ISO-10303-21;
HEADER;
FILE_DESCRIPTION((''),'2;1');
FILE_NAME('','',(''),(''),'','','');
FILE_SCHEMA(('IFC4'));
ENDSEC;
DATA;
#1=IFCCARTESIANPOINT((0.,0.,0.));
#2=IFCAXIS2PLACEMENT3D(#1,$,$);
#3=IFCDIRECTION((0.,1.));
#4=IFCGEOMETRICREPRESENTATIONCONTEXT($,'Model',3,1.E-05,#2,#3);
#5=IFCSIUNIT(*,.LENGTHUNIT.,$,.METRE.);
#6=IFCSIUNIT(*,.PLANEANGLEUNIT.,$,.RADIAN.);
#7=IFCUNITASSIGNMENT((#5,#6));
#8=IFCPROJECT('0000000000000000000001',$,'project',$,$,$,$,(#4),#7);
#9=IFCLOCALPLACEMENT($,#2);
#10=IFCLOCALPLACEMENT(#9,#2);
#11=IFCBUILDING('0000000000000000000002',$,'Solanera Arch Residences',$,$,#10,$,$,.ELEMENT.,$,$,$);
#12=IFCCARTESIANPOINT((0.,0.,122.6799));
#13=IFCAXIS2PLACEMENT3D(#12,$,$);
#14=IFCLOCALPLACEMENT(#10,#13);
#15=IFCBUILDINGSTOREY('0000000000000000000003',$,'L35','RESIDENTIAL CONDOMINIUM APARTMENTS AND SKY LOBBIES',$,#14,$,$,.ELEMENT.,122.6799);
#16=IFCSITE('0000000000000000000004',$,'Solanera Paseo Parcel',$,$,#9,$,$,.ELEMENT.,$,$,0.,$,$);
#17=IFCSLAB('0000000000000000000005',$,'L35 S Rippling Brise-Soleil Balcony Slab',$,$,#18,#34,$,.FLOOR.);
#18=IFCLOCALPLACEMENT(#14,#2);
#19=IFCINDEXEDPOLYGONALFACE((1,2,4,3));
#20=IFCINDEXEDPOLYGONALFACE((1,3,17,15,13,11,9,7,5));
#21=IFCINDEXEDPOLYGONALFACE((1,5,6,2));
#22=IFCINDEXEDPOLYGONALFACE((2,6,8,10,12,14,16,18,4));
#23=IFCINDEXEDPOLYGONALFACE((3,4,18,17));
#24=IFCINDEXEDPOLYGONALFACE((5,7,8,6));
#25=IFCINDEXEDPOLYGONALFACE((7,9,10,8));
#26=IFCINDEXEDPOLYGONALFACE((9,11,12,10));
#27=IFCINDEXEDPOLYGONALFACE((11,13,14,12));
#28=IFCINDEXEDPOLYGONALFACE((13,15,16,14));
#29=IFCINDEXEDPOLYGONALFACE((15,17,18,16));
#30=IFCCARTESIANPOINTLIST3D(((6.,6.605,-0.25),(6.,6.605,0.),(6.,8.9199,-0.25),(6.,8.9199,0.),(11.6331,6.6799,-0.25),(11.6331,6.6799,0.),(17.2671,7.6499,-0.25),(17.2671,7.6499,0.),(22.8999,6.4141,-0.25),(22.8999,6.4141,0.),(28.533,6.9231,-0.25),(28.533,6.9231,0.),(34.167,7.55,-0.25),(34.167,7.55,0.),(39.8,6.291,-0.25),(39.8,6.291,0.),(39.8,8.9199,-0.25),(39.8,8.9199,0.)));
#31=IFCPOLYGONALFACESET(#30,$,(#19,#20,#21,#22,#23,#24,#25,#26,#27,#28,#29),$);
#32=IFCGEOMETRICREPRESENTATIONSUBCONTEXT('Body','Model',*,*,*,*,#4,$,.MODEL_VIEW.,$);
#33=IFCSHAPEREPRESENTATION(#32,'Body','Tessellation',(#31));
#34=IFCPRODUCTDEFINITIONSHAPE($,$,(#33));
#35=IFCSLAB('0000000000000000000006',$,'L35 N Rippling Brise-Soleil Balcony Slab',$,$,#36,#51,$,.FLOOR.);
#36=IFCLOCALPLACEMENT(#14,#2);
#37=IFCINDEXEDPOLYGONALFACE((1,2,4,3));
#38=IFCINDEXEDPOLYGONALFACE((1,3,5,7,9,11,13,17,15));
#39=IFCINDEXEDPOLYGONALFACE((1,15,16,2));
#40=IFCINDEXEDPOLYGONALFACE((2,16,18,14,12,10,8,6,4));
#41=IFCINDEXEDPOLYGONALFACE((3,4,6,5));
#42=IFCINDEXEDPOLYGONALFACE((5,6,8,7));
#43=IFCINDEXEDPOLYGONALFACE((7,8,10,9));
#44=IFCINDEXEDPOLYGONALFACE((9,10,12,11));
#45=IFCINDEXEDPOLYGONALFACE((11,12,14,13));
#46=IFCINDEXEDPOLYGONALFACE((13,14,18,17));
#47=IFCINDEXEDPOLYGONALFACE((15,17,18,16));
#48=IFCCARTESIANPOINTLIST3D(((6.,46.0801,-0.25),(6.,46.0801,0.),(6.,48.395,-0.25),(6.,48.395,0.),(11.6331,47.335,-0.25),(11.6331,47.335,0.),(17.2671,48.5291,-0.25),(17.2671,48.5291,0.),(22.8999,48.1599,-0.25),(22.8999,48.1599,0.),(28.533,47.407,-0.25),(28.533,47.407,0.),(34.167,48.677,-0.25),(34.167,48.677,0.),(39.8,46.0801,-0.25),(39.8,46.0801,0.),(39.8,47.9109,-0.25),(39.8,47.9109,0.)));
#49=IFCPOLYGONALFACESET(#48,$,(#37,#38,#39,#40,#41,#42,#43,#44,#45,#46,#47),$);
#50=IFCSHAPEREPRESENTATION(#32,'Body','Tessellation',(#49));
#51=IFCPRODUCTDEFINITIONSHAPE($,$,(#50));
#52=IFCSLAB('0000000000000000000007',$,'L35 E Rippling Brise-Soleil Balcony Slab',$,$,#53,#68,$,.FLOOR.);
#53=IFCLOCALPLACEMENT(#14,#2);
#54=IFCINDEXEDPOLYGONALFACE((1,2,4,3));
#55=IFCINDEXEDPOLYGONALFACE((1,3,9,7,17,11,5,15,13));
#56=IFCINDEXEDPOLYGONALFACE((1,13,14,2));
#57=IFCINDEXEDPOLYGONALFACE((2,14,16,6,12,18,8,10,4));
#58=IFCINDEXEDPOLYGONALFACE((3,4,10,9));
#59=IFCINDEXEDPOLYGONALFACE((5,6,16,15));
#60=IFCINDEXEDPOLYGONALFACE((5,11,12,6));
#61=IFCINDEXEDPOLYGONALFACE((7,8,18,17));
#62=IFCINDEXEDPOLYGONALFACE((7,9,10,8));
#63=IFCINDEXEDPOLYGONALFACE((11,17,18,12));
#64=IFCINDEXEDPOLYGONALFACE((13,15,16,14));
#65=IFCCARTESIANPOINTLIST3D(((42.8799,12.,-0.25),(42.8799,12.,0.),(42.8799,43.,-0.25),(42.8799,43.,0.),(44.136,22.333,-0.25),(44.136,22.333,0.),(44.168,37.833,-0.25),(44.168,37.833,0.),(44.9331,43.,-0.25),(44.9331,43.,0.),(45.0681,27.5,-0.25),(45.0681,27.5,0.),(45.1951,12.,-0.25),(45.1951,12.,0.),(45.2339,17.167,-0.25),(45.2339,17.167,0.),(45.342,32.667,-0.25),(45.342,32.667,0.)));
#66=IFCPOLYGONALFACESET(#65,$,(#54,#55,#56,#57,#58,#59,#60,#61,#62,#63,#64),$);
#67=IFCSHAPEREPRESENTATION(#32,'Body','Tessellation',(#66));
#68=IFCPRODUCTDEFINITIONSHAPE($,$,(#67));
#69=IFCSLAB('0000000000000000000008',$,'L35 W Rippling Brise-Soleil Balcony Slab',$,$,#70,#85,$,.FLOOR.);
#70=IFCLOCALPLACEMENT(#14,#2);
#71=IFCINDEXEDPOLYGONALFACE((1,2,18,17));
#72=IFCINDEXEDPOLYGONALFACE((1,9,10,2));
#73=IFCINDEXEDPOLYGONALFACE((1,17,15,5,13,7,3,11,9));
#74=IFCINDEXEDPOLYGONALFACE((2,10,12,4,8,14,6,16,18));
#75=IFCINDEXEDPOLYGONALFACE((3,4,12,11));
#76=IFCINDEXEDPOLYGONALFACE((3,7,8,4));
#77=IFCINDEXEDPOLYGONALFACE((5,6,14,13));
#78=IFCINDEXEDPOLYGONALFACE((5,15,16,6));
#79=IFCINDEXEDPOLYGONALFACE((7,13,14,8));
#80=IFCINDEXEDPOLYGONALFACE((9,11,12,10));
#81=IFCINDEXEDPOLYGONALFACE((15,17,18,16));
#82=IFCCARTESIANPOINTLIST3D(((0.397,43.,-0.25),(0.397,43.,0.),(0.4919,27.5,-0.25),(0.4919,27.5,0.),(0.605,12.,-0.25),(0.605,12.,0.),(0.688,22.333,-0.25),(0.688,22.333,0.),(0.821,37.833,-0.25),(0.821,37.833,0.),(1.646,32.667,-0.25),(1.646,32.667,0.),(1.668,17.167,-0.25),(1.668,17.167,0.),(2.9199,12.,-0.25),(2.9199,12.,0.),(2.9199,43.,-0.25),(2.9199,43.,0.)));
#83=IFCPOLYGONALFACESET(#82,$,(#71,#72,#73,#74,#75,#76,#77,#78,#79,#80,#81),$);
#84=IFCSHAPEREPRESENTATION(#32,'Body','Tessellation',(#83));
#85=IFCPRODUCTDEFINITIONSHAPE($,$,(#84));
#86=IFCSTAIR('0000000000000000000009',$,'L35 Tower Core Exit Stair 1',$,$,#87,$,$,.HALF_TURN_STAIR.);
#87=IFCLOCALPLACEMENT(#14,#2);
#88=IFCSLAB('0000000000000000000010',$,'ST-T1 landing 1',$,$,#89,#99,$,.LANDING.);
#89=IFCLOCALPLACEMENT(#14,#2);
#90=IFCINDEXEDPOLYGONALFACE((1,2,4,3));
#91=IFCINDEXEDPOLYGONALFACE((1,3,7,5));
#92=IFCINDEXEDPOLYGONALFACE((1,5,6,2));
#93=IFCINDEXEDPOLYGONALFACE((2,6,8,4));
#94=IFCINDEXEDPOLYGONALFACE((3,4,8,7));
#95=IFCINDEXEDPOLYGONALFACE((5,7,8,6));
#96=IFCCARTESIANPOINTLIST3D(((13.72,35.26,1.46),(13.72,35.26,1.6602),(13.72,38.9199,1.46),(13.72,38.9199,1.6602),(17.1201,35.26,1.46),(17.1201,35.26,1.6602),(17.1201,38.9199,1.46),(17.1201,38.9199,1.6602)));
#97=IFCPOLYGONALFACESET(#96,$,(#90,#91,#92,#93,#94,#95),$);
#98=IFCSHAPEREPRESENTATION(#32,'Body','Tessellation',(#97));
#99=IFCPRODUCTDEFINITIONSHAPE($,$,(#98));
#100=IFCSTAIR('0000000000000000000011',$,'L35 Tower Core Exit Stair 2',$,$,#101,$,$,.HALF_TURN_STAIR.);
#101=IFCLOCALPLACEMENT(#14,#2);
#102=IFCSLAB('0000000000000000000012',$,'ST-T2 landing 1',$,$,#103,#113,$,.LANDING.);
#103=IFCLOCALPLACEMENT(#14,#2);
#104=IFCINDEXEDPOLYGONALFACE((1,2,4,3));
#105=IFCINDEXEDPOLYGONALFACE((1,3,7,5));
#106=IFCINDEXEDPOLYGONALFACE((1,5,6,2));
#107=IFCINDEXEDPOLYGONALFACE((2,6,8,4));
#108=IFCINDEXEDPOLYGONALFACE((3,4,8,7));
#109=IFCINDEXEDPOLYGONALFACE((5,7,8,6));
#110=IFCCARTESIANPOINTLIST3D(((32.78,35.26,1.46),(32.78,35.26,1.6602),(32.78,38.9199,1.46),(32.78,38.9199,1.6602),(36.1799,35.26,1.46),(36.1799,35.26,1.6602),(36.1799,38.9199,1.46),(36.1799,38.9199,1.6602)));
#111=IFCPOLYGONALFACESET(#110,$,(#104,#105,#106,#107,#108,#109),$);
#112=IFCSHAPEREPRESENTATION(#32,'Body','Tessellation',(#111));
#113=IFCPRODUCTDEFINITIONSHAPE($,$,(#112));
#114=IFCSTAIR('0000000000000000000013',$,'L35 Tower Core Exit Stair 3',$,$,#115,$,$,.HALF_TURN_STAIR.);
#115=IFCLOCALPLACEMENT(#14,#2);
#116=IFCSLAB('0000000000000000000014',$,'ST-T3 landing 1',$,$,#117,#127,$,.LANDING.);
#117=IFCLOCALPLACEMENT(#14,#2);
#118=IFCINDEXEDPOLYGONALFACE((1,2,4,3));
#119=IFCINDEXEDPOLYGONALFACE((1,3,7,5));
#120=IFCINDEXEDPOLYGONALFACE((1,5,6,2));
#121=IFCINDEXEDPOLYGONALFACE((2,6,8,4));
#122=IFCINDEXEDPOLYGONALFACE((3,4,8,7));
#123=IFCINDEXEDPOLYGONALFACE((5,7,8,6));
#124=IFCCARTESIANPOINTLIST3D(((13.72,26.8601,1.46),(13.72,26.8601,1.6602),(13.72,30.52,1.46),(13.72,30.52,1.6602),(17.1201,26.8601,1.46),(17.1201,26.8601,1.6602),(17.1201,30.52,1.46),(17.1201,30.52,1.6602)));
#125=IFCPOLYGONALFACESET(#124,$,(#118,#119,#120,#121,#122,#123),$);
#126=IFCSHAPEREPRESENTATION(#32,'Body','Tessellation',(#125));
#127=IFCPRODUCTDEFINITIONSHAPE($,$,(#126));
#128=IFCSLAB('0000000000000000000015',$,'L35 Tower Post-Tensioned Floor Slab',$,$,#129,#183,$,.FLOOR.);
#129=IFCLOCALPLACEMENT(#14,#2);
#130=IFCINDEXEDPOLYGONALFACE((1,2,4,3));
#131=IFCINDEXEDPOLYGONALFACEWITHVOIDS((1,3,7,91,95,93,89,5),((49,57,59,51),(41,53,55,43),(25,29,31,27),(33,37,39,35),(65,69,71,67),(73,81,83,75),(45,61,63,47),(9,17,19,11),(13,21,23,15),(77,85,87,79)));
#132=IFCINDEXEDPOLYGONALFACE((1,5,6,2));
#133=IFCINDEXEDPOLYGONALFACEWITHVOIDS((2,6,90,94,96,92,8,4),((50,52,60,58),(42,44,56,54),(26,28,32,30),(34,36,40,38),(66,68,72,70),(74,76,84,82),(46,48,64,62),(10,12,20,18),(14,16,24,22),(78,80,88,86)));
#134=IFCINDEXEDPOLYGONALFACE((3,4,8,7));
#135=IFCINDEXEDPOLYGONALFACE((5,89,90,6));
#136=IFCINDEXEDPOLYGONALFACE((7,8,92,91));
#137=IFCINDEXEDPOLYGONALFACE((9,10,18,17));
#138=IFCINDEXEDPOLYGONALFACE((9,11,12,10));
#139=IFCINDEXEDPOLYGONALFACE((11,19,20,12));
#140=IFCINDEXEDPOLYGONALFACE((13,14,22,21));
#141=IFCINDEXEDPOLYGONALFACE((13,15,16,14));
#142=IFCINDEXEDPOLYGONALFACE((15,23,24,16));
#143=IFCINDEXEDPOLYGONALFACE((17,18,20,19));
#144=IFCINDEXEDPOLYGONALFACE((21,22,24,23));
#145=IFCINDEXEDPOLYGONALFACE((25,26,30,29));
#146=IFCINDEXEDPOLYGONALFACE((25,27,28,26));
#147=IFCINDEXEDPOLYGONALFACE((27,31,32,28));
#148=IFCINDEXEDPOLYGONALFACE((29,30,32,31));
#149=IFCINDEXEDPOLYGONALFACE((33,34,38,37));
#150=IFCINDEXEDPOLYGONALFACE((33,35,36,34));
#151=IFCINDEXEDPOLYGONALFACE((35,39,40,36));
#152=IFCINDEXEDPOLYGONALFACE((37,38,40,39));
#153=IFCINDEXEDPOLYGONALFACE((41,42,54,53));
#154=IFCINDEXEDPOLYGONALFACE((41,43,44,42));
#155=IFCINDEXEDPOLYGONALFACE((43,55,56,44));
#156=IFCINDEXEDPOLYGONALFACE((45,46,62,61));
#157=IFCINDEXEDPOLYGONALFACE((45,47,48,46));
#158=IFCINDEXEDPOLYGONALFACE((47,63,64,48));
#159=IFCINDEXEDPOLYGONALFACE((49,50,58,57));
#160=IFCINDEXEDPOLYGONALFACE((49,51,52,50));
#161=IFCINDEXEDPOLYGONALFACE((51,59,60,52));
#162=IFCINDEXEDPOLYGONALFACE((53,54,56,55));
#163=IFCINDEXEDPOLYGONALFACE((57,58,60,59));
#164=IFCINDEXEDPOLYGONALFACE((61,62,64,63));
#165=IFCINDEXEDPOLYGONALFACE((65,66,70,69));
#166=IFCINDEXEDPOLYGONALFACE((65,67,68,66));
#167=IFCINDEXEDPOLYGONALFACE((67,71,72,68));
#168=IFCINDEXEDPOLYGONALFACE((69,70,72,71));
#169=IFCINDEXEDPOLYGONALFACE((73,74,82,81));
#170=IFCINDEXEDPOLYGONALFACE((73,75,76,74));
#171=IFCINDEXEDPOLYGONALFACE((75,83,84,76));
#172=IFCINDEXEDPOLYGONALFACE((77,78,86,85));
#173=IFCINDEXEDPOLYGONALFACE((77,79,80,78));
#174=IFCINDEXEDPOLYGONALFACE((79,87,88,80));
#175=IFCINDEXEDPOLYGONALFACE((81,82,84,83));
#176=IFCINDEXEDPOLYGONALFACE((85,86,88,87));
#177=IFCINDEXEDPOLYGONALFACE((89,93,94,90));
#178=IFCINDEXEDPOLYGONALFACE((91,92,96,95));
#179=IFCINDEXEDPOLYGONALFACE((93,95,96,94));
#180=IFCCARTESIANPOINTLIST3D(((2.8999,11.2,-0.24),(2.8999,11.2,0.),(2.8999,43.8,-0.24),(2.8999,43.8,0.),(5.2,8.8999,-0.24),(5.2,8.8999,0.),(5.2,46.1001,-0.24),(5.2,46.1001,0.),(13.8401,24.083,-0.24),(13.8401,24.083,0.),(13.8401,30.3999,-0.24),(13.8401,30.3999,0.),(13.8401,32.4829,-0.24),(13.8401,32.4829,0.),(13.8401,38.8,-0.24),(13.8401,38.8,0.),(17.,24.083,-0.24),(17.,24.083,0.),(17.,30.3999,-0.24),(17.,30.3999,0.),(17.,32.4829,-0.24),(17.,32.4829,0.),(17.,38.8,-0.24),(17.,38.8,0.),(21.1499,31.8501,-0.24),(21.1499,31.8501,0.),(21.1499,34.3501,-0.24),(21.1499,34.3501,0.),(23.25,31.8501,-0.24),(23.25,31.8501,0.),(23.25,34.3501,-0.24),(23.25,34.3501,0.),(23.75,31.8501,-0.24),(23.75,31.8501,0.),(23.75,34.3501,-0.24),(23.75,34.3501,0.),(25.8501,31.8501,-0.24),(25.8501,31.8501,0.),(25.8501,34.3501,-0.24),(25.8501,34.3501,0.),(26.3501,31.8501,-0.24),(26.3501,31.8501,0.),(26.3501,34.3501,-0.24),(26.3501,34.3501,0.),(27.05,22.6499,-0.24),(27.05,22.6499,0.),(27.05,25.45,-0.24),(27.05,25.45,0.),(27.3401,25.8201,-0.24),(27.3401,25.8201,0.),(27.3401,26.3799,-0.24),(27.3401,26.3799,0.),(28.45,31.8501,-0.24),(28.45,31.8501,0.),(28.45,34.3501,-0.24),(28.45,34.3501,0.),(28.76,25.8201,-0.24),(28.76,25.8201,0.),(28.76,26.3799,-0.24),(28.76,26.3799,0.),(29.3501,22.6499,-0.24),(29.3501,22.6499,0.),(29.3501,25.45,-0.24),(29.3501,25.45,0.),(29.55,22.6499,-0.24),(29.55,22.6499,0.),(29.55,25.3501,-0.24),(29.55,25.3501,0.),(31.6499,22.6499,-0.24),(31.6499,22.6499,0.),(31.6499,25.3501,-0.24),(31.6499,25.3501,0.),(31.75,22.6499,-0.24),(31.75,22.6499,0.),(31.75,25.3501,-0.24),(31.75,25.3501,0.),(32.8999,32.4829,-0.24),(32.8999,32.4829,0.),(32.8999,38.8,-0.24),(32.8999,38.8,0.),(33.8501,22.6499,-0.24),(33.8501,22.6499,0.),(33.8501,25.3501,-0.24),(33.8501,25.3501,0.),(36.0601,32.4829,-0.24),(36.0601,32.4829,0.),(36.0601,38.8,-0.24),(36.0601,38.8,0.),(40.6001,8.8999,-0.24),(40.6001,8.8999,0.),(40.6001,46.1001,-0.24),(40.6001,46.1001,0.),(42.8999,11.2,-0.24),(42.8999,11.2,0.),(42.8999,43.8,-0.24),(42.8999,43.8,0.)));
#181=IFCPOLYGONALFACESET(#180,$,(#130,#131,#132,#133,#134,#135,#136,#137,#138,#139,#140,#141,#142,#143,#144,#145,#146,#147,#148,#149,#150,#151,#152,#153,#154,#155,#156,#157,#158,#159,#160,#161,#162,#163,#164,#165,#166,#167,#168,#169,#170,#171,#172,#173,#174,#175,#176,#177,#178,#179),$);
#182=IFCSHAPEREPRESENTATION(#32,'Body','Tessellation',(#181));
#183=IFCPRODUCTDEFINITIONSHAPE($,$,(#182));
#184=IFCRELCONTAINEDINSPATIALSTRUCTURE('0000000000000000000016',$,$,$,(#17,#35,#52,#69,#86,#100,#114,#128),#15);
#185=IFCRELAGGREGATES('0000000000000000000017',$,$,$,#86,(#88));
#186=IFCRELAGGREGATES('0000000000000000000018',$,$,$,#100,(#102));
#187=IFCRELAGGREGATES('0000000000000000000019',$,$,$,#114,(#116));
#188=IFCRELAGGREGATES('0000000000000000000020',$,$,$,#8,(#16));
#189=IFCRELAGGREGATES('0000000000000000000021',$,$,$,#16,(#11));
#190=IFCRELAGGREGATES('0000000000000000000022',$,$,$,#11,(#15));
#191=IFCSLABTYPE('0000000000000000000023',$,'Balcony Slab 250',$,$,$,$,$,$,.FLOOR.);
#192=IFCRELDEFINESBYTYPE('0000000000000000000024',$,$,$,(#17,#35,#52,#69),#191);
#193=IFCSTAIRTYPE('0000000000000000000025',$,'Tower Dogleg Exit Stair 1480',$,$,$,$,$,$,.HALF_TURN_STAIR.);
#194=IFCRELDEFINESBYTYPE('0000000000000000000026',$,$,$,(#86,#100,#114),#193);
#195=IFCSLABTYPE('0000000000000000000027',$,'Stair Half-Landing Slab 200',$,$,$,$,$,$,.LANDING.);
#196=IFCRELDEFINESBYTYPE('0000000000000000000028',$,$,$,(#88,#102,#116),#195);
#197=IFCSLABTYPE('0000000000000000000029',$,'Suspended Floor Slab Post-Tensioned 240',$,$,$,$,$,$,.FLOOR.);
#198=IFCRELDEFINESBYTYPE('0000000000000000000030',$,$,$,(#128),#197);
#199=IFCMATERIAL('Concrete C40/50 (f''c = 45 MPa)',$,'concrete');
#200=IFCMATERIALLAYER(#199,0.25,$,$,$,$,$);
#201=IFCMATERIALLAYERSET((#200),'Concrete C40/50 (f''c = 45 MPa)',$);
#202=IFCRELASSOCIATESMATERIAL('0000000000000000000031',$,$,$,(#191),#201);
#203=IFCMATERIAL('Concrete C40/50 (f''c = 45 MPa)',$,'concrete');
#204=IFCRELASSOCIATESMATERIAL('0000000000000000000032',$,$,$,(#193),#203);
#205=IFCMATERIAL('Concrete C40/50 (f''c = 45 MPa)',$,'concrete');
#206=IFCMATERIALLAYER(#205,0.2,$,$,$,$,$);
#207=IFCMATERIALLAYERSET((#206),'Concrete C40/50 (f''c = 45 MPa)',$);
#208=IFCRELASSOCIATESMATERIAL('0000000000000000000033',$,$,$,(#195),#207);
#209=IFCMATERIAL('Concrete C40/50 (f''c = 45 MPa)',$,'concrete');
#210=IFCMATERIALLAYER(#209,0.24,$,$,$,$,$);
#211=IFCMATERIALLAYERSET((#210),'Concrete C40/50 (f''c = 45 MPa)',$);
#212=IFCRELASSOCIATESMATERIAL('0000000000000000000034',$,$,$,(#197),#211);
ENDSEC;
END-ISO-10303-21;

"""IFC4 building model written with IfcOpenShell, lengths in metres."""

from ifc_helpers import new_model, si_unit, direction, frame, origin, place, context, subcontext, project, spatial, polyline, outline, extrude, material, layer, layer_set, type_object, element, aggregate, save


model = new_model("IFC4")

# Units and contexts
model_context = context("Model", 3, precision=1e-05, world=origin(), true_north=direction((0.0, 1.0)))
body_context = subcontext(model_context, "Body", "Model", "MODEL_VIEW")
ifc_project = project(units=[si_unit("LENGTHUNIT", "METRE"), si_unit("PLANEANGLEUNIT", "RADIAN")], contexts=[model_context])

# Site, building, storey
site_placement = place(None, origin())
site = spatial("IfcSite", under=ifc_project, at=site_placement, Name="Solanera Paseo Parcel", CompositionType="ELEMENT", RefElevation=0.0)
building_placement = place(site_placement, origin())
building = spatial("IfcBuilding", under=site, at=building_placement, Name="Solanera Arch Residences", CompositionType="ELEMENT")
storey_placement = place(building_placement, frame((0.0, 0.0, 122.6799)))
storey = spatial("IfcBuildingStorey", under=building, at=storey_placement, Name="L35", Description="RESIDENTIAL CONDOMINIUM APARTMENTS AND SKY LOBBIES", CompositionType="ELEMENT", Elevation=122.6799)

# Slabs
ifc_material_1 = material(Name="Concrete C40/50 (f'c = 45 MPa)", Category="concrete")
ifc_layer_1 = layer(ifc_material_1, 0.25)
ifc_layer_set_1 = layer_set([ifc_layer_1], Name="Concrete C40/50 (f'c = 45 MPa)")
slab_type_1 = type_object("IfcSlabType", Name="Balcony Slab 250", PredefinedType="FLOOR", material=ifc_layer_set_1)
slab_1_placement = place(storey_placement, frame((0.0, 0.0, -0.25)))
element("IfcSlab", 1, at=slab_1_placement, inside=storey, type_object=slab_type_1, Name="L35 S Rippling Brise-Soleil Balcony Slab", PredefinedType="FLOOR", context=body_context, shape_type="SweptSolid", body=[
    extrude(outline(polyline([(6.0, 6.605), (11.6331, 6.6799), (17.2671, 7.6499), (22.8999, 6.4141), (28.533, 6.9231), (34.167, 7.55), (39.8, 6.291), (39.8, 8.9199), (6.0, 8.9199), (6.0, 6.605)])), origin(), (0.0, 0.0, 1.0), 0.25),
])
slab_2_placement = place(storey_placement, frame((0.0, 0.0, -0.25)))
element("IfcSlab", 2, at=slab_2_placement, inside=storey, type_object=slab_type_1, Name="L35 N Rippling Brise-Soleil Balcony Slab", PredefinedType="FLOOR", context=body_context, shape_type="SweptSolid", body=[
    extrude(outline(polyline([(39.8, 47.9109), (34.167, 48.677), (28.533, 47.407), (22.8999, 48.1599), (17.2671, 48.5291), (11.6331, 47.335), (6.0, 48.395), (6.0, 46.0801), (39.8, 46.0801), (39.8, 47.9109)])), origin(), (0.0, 0.0, 1.0), 0.25),
])
slab_3_placement = place(storey_placement, frame((0.0, 0.0, -0.25)))
element("IfcSlab", 3, at=slab_3_placement, inside=storey, type_object=slab_type_1, Name="L35 E Rippling Brise-Soleil Balcony Slab", PredefinedType="FLOOR", context=body_context, shape_type="SweptSolid", body=[
    extrude(outline(polyline([(45.1951, 12.0), (45.2339, 17.167), (44.136, 22.333), (45.0681, 27.5), (45.342, 32.667), (44.168, 37.833), (44.9331, 43.0), (42.8799, 43.0), (42.8799, 12.0), (45.1951, 12.0)])), origin(), (0.0, 0.0, 1.0), 0.25),
])
slab_4_placement = place(storey_placement, frame((0.0, 0.0, -0.25)))
element("IfcSlab", 4, at=slab_4_placement, inside=storey, type_object=slab_type_1, Name="L35 W Rippling Brise-Soleil Balcony Slab", PredefinedType="FLOOR", context=body_context, shape_type="SweptSolid", body=[
    extrude(outline(polyline([(0.397, 43.0), (0.821, 37.833), (1.646, 32.667), (0.4919, 27.5), (0.688, 22.333), (1.668, 17.167), (0.605, 12.0), (2.9199, 12.0), (2.9199, 43.0), (0.397, 43.0)])), origin(), (0.0, 0.0, 1.0), 0.25),
])

# Stairs, slabs
ifc_material_2 = material(Name="Concrete C40/50 (f'c = 45 MPa)", Category="concrete")
stair_type = type_object("IfcStairType", Name="Tower Dogleg Exit Stair 1480", PredefinedType="HALF_TURN_STAIR", material=ifc_material_2)
stair_1_placement = place(storey_placement, origin())
stair_1 = element("IfcStair", 5, at=stair_1_placement, inside=storey, type_object=stair_type, Name="L35 Tower Core Exit Stair 1", PredefinedType="HALF_TURN_STAIR")
ifc_material_3 = material(Name="Concrete C40/50 (f'c = 45 MPa)", Category="concrete")
ifc_layer_2 = layer(ifc_material_3, 0.2)
ifc_layer_set_2 = layer_set([ifc_layer_2], Name="Concrete C40/50 (f'c = 45 MPa)")
slab_type_2 = type_object("IfcSlabType", Name="Stair Half-Landing Slab 200", PredefinedType="LANDING", material=ifc_layer_set_2)
slab_5_placement = place(storey_placement, frame((0.0, 0.0, 1.46)))
slab_5 = element("IfcSlab", 6, at=slab_5_placement, type_object=slab_type_2, Name="ST-T1 landing 1", PredefinedType="LANDING", context=body_context, shape_type="SweptSolid", body=[
    extrude(outline(polyline([(17.1201, 35.26), (17.1201, 38.9199), (13.72, 38.9199), (13.72, 35.26), (17.1201, 35.26)])), origin(), (0.0, 0.0, 1.0), 0.2002),
])
aggregate(stair_1, [slab_5])
stair_2_placement = place(storey_placement, origin())
stair_2 = element("IfcStair", 7, at=stair_2_placement, inside=storey, type_object=stair_type, Name="L35 Tower Core Exit Stair 2", PredefinedType="HALF_TURN_STAIR")
slab_6_placement = place(storey_placement, frame((0.0, 0.0, 1.46)))
slab_6 = element("IfcSlab", 8, at=slab_6_placement, type_object=slab_type_2, Name="ST-T2 landing 1", PredefinedType="LANDING", context=body_context, shape_type="SweptSolid", body=[
    extrude(outline(polyline([(36.1799, 35.26), (36.1799, 38.9199), (32.78, 38.9199), (32.78, 35.26), (36.1799, 35.26)])), origin(), (0.0, 0.0, 1.0), 0.2002),
])
aggregate(stair_2, [slab_6])
stair_3_placement = place(storey_placement, origin())
stair_3 = element("IfcStair", 9, at=stair_3_placement, inside=storey, type_object=stair_type, Name="L35 Tower Core Exit Stair 3", PredefinedType="HALF_TURN_STAIR")
slab_7_placement = place(storey_placement, frame((0.0, 0.0, 1.46)))
slab_7 = element("IfcSlab", 10, at=slab_7_placement, type_object=slab_type_2, Name="ST-T3 landing 1", PredefinedType="LANDING", context=body_context, shape_type="SweptSolid", body=[
    extrude(outline(polyline([(17.1201, 26.8601), (17.1201, 30.52), (13.72, 30.52), (13.72, 26.8601), (17.1201, 26.8601)])), origin(), (0.0, 0.0, 1.0), 0.2002),
])
aggregate(stair_3, [slab_7])

# Slab
ifc_material_4 = material(Name="Concrete C40/50 (f'c = 45 MPa)", Category="concrete")
ifc_layer_3 = layer(ifc_material_4, 0.24)
ifc_layer_set_3 = layer_set([ifc_layer_3], Name="Concrete C40/50 (f'c = 45 MPa)")
slab_type_3 = type_object("IfcSlabType", Name="Suspended Floor Slab Post-Tensioned 240", PredefinedType="FLOOR", material=ifc_layer_set_3)
slab_8_placement = place(storey_placement, frame((0.0, 0.0, -0.24)))
element("IfcSlab", 11, at=slab_8_placement, inside=storey, type_object=slab_type_3, Name="L35 Tower Post-Tensioned Floor Slab", PredefinedType="FLOOR", context=body_context, shape_type="SweptSolid", body=[
    extrude(outline(polyline([(5.2, 8.8999), (40.6001, 8.8999), (42.8999, 11.2), (42.8999, 43.8), (40.6001, 46.1001), (5.2, 46.1001), (2.8999, 43.8), (2.8999, 11.2), (5.2, 8.8999)]), holes=[polyline([(13.8401, 32.4829), (13.8401, 38.8), (17.0, 38.8), (17.0, 32.4829), (13.8401, 32.4829)]), polyline([(32.8999, 32.4829), (32.8999, 38.8), (36.0601, 38.8), (36.0601, 32.4829), (32.8999, 32.4829)]), polyline([(13.8401, 24.083), (13.8401, 30.3999), (17.0, 30.3999), (17.0, 24.083), (13.8401, 24.083)]), polyline([(21.1499, 34.3501), (23.25, 34.3501), (23.25, 31.8501), (21.1499, 31.8501), (21.1499, 34.3501)]), polyline([(23.75, 34.3501), (25.8501, 34.3501), (25.8501, 31.8501), (23.75, 31.8501), (23.75, 34.3501)]), polyline([(26.3501, 34.3501), (28.45, 34.3501), (28.45, 31.8501), (26.3501, 31.8501), (26.3501, 34.3501)]), polyline([(29.55, 25.3501), (31.6499, 25.3501), (31.6499, 22.6499), (29.55, 22.6499), (29.55, 25.3501)]), polyline([(31.75, 25.3501), (33.8501, 25.3501), (33.8501, 22.6499), (31.75, 22.6499), (31.75, 25.3501)]), polyline([(27.05, 25.45), (29.3501, 25.45), (29.3501, 22.6499), (27.05, 22.6499), (27.05, 25.45)]), polyline([(27.3401, 26.3799), (28.76, 26.3799), (28.76, 25.8201), (27.3401, 25.8201), (27.3401, 26.3799)])]), origin(), (0.0, 0.0, 1.0), 0.24),
])

save(model, "model.ifc")
